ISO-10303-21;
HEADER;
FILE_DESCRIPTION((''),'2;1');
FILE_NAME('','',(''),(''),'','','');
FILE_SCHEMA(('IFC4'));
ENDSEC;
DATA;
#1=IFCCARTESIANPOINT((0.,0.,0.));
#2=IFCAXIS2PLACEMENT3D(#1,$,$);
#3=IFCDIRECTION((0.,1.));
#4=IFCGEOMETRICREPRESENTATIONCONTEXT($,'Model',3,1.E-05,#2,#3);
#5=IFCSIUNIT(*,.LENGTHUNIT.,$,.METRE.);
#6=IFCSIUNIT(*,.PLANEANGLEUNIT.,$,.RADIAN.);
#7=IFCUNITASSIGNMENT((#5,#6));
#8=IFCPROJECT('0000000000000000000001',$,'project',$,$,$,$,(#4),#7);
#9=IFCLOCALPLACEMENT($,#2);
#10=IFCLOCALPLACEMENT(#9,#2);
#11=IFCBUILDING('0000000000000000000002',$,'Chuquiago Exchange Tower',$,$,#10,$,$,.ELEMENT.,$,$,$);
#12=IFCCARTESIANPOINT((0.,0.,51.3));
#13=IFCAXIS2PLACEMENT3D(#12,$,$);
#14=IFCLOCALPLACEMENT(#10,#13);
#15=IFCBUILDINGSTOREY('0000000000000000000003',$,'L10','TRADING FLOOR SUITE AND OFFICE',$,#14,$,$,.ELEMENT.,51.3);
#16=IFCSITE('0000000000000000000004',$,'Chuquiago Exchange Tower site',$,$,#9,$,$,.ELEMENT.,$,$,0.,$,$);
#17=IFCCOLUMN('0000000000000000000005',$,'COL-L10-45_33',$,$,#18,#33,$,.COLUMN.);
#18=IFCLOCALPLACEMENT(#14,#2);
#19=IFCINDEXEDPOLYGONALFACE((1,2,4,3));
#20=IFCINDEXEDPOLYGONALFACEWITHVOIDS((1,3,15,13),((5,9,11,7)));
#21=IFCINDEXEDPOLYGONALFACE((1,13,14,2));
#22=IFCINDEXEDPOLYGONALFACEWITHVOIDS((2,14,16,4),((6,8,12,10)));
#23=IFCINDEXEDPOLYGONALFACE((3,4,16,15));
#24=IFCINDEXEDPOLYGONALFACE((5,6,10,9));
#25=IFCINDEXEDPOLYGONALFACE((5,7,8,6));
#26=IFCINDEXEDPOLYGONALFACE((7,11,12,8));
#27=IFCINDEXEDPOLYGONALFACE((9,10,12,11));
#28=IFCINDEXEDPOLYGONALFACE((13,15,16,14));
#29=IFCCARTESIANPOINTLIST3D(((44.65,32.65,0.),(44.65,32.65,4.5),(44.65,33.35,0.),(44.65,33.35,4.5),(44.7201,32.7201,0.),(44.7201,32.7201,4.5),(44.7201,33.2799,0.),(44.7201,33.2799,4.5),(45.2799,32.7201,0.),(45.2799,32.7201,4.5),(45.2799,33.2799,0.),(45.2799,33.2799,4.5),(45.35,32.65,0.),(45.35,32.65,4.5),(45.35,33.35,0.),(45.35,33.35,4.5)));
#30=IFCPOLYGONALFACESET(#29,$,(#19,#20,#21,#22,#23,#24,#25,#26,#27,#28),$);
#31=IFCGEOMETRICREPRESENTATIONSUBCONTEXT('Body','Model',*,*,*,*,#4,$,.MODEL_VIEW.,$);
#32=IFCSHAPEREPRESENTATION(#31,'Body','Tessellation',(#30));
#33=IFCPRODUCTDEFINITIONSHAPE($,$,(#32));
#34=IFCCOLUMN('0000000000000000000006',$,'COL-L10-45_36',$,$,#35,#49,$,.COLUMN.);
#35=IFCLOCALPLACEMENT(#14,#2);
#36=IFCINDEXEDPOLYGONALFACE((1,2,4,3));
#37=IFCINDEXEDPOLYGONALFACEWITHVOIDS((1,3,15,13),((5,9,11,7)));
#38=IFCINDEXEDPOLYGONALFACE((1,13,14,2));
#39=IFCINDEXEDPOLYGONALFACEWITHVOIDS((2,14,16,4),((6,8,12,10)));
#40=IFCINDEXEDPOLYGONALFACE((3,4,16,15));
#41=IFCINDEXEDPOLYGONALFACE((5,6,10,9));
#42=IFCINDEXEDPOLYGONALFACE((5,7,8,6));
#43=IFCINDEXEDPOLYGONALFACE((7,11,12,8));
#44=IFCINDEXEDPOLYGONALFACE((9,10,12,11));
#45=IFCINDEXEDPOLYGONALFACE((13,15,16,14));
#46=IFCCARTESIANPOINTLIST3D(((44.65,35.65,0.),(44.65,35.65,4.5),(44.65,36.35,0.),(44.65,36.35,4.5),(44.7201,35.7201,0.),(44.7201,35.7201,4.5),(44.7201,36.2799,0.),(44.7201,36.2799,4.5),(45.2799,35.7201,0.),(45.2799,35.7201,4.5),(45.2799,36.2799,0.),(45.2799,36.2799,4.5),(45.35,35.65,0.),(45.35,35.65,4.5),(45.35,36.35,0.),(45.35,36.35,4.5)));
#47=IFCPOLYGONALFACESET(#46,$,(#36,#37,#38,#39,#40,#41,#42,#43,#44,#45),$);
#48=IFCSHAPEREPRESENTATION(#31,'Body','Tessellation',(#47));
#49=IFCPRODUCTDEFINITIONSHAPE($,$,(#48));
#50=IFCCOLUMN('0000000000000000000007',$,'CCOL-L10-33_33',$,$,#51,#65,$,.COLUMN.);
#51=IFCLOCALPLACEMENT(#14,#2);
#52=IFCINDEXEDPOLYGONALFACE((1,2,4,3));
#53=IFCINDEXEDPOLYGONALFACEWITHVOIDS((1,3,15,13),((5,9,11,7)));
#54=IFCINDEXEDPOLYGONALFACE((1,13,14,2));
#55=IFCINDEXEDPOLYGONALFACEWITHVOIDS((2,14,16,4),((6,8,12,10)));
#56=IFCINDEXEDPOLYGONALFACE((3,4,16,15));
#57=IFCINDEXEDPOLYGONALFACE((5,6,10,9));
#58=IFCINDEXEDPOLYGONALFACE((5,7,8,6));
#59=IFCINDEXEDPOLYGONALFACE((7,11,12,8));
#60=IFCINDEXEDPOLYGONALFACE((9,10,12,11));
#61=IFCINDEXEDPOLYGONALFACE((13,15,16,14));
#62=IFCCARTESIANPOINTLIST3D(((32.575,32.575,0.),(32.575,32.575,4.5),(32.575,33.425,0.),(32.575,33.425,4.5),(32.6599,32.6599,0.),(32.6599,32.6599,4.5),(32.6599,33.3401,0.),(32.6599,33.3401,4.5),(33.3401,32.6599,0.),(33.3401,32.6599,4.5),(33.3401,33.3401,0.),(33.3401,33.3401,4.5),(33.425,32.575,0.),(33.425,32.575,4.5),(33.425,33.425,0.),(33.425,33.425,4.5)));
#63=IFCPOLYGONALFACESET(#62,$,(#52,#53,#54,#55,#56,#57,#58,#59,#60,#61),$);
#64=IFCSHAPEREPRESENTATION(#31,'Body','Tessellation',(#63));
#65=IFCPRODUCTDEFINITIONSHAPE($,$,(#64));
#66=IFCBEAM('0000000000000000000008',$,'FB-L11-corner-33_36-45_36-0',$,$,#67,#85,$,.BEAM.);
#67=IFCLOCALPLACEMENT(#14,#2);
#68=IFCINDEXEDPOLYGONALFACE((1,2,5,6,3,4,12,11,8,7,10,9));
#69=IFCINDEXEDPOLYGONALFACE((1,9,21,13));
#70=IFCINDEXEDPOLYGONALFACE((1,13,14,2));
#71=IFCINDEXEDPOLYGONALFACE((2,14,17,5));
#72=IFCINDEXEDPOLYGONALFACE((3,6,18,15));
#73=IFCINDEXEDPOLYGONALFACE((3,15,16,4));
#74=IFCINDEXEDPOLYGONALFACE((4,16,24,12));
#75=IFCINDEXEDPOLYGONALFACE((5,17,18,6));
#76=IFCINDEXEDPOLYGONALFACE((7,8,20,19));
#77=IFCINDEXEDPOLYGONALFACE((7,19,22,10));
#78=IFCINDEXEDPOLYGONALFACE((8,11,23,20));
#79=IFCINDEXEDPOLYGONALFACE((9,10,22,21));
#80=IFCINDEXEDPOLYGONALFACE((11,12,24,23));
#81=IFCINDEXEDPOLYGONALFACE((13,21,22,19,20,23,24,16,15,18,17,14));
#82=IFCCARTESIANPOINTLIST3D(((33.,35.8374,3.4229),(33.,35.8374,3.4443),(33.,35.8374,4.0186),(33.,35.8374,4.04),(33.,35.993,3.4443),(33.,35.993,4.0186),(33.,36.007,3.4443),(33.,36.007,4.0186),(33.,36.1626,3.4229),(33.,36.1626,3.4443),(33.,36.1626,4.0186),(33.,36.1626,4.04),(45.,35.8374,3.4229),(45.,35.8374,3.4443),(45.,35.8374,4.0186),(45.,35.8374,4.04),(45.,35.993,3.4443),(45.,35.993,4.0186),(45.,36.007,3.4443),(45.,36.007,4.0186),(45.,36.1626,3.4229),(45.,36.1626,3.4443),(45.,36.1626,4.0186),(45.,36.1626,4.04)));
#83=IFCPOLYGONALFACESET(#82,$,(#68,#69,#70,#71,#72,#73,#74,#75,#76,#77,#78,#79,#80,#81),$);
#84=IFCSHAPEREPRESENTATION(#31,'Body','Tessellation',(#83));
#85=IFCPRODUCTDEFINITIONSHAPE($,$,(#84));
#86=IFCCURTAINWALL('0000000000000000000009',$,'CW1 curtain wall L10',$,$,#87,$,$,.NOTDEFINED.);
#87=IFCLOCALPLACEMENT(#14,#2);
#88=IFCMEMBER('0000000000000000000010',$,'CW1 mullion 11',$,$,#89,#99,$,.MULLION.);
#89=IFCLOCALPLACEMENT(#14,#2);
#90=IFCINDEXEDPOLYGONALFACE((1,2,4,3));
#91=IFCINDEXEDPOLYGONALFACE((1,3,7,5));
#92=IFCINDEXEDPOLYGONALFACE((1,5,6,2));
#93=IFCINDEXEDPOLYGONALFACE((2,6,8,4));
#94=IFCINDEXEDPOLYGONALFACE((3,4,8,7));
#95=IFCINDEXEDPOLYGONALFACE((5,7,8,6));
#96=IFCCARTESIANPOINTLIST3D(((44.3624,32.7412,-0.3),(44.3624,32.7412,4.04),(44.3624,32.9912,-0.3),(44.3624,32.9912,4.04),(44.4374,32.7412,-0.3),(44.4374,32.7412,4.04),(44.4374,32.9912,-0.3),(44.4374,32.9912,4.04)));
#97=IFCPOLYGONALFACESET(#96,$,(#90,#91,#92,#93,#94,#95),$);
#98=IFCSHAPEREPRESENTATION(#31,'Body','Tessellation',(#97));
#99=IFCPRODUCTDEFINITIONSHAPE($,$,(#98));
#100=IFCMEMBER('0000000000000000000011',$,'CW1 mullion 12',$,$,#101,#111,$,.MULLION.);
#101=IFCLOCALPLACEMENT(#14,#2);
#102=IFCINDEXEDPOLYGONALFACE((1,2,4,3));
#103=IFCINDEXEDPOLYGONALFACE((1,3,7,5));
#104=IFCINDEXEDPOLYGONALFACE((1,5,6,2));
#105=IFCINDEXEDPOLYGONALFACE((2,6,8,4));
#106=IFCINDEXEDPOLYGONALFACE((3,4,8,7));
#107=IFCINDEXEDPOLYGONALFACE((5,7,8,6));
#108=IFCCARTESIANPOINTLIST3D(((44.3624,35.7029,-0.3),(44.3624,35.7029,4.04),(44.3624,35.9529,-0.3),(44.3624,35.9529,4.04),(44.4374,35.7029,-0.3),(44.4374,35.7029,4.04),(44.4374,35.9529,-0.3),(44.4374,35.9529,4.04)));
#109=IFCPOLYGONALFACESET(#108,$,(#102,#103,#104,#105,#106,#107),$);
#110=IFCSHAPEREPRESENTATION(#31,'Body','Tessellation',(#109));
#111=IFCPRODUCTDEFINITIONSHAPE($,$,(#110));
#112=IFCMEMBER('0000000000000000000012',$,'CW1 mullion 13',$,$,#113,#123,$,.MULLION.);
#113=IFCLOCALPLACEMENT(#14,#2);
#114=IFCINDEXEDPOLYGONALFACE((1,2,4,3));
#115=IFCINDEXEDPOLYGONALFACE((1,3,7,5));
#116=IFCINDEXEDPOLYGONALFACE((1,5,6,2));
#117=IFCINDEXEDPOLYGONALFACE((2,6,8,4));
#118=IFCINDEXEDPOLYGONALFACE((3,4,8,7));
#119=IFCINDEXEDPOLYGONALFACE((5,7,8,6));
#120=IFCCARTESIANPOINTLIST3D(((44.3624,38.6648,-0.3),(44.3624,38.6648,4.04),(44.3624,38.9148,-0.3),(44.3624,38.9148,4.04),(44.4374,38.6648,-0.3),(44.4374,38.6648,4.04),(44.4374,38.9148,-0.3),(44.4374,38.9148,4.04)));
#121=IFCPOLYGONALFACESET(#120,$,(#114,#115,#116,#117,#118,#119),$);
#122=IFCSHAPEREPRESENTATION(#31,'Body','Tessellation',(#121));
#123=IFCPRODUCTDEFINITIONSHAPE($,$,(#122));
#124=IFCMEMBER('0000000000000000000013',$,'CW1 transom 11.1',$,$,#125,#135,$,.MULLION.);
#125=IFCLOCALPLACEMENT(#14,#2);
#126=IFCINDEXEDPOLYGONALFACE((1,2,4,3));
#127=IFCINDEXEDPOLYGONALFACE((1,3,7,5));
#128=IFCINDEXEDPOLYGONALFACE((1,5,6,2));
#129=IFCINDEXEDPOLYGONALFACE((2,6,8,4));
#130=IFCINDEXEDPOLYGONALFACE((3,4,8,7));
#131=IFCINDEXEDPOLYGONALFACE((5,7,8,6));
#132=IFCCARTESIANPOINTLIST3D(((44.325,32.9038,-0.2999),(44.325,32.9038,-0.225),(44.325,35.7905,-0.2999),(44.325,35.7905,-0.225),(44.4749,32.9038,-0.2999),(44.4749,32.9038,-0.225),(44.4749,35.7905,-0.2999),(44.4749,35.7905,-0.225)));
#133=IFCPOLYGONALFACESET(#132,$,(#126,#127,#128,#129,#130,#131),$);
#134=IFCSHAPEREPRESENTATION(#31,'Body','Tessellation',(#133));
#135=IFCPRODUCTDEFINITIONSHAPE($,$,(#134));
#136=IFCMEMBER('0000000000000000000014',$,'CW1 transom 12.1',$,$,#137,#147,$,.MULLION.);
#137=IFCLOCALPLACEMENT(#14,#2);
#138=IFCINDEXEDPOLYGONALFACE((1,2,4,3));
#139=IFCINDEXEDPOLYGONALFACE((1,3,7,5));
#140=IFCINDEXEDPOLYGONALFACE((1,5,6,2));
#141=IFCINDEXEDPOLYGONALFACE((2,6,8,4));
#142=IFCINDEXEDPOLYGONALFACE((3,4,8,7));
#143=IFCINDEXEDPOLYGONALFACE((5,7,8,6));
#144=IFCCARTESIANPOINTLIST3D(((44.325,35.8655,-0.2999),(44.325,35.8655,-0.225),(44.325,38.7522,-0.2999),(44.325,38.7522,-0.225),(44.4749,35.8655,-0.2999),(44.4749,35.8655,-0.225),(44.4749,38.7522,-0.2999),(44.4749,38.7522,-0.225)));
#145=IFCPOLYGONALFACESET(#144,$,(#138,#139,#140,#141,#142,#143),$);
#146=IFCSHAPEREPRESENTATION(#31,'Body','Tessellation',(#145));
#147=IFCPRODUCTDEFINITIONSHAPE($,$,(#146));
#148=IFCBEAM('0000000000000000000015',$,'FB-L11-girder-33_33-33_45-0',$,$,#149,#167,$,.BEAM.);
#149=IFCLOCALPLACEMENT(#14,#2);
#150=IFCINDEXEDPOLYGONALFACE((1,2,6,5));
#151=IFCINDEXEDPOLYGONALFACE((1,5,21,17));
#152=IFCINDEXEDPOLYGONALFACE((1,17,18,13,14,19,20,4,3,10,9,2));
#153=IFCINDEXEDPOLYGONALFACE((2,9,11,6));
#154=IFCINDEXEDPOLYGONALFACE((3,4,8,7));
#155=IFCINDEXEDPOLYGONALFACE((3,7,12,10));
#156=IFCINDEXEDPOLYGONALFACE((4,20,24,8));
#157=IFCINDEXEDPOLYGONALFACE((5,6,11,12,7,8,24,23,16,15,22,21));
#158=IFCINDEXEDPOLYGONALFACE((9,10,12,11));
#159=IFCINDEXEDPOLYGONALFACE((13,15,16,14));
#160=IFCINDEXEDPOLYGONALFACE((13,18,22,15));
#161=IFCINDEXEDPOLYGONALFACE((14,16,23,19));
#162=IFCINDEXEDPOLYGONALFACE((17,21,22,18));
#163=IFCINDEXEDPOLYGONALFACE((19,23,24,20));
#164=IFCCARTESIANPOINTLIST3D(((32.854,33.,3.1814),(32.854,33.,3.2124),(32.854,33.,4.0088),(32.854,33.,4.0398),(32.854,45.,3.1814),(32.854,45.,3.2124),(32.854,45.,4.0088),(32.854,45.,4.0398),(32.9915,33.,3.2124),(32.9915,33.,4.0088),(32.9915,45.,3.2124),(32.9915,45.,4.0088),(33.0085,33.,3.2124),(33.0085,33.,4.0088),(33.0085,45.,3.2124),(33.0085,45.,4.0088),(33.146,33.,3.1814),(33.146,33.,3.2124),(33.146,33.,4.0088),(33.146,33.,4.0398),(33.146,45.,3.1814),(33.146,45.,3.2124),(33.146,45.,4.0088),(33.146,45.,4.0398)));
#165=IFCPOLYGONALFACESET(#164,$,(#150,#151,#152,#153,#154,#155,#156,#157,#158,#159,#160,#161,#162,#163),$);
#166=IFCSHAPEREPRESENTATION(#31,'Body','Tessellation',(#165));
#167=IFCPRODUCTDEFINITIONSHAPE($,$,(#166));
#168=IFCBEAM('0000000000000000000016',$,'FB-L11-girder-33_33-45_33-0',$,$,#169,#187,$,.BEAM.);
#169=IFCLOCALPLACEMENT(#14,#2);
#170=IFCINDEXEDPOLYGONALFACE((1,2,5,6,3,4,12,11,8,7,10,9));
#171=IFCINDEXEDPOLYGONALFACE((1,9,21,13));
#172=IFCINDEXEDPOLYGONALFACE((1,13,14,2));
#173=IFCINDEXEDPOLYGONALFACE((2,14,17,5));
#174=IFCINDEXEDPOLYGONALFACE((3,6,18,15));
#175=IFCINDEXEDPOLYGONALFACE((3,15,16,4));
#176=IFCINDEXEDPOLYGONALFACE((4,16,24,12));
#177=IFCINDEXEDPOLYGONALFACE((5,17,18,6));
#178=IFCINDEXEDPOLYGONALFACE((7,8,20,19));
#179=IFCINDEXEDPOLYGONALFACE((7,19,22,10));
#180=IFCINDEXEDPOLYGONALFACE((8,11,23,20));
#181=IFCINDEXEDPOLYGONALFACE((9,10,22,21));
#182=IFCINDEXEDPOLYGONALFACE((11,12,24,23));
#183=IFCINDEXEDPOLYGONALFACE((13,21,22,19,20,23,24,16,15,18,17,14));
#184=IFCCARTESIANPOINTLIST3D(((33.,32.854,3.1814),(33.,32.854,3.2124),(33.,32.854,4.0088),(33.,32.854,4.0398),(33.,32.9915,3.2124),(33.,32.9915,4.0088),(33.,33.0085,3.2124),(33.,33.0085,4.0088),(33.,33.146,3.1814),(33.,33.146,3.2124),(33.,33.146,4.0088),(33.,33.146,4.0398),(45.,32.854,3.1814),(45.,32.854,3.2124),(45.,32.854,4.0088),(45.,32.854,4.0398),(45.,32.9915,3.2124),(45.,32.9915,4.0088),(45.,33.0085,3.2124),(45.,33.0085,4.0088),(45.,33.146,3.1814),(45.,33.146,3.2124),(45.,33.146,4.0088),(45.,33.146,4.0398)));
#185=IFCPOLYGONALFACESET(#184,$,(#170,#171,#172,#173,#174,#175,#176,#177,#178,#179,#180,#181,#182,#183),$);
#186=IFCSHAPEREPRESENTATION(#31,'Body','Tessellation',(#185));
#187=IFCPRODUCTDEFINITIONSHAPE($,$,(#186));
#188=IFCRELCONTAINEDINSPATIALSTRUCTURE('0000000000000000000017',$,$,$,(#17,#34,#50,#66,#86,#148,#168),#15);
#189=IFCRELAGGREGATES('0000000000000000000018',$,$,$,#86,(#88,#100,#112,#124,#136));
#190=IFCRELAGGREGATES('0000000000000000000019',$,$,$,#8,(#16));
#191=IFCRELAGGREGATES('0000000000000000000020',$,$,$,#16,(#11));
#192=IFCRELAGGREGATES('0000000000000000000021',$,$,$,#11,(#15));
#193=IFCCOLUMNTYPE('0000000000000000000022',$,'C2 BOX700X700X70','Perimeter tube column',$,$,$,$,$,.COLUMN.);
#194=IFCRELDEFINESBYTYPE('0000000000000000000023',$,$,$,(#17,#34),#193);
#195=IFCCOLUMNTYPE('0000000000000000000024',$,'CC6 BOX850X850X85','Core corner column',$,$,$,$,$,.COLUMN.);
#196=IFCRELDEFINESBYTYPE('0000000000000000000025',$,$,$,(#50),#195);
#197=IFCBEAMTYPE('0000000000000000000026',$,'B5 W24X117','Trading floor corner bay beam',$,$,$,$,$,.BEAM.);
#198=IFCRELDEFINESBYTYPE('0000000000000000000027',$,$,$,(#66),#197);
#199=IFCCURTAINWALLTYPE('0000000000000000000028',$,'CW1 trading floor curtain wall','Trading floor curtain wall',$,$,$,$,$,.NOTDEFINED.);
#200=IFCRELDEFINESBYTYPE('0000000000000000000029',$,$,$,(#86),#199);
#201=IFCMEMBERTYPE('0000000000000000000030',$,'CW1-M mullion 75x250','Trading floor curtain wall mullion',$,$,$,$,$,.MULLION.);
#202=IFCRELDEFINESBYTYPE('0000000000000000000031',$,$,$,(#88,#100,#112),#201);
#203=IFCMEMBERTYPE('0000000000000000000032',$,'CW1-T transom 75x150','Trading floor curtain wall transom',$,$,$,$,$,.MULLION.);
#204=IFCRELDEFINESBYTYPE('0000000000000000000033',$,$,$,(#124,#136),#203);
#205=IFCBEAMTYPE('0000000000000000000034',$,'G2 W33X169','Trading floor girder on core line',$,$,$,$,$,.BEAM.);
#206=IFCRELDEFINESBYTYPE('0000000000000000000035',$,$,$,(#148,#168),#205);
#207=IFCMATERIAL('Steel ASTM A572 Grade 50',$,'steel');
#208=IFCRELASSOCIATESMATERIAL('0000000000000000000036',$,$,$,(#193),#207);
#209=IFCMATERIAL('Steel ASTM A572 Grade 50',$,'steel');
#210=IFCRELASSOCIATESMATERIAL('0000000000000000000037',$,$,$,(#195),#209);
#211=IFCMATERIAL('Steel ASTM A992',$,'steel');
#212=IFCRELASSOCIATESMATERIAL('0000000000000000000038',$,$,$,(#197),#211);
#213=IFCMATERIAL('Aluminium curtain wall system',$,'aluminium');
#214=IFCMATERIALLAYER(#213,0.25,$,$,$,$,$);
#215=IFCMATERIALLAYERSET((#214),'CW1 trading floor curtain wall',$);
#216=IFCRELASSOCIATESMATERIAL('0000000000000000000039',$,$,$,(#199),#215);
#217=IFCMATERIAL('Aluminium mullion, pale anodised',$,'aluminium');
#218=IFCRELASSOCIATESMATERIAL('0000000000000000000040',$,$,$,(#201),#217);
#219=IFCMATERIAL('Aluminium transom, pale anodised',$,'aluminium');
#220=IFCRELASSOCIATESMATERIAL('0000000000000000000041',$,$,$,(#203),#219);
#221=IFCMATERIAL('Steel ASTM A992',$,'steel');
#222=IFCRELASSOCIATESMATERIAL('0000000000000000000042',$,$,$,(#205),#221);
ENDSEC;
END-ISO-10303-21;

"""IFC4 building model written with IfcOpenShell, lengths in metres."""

from ifc_helpers import new_model, si_unit, direction, frame, origin, origin_2d, place, context, subcontext, project, spatial, rectangle, hollow_rectangle, i_section, extrude, material, layer, layer_set, material_profile, profile_set, type_object, element, aggregate, save


model = new_model("IFC4")

# Units and contexts
model_context = context("Model", 3, precision=1e-05, world=origin(), true_north=direction((0.0, 1.0)))
body_context = subcontext(model_context, "Body", "Model", "MODEL_VIEW")
ifc_project = project(units=[si_unit("LENGTHUNIT", "METRE"), si_unit("PLANEANGLEUNIT", "RADIAN")], contexts=[model_context])

# Site, building, storey
site_placement = place(None, origin())
site = spatial("IfcSite", under=ifc_project, at=site_placement, Name="Chuquiago Exchange Tower site", CompositionType="ELEMENT", RefElevation=0.0)
building_placement = place(site_placement, origin())
building = spatial("IfcBuilding", under=site, at=building_placement, Name="Chuquiago Exchange Tower", CompositionType="ELEMENT")
storey_placement = place(building_placement, frame((0.0, 0.0, 51.3)))
storey = spatial("IfcBuildingStorey", under=building, at=storey_placement, Name="L10", Description="TRADING FLOOR SUITE AND OFFICE", CompositionType="ELEMENT", Elevation=51.3)

# Columns
ifc_material_1 = material(Name="Steel ASTM A572 Grade 50", Category="steel")
ifc_material_profile_1 = material_profile(ifc_material_1, hollow_rectangle(XDim=0.7, YDim=0.7, WallThickness=0.0701, at=origin_2d()), Name="BOX700X700X70")
ifc_profile_set_1 = profile_set([ifc_material_profile_1], Name="Steel ASTM A572 Grade 50")
column_type_1 = type_object("IfcColumnType", Name="C2 BOX700X700X70", Description="Perimeter tube column", PredefinedType="COLUMN", material=ifc_profile_set_1)
for number, where, z_axis, x_axis, name in (
    (1, (45.0, 33.0, 0.0), (0.0, 0.0, 1.0), (1.0, 0.0, 0.0), "COL-L10-45_33"),
    (2, (45.0, 36.0, 0.0), (0.0, 0.0, 1.0), (1.0, 0.0, 0.0), "COL-L10-45_36"),
):
    element("IfcColumn", number, at=place(storey_placement, frame(where, z_axis=z_axis, x_axis=x_axis)), inside=storey, type_object=column_type_1, Name=name, PredefinedType="COLUMN", context=body_context, shape_type="SweptSolid", body=[
        extrude(hollow_rectangle(XDim=0.7, YDim=0.7, WallThickness=0.0701, at=origin_2d()), origin(), (0.0, 0.0, 1.0), 4.5),
    ])
ifc_material_2 = material(Name="Steel ASTM A572 Grade 50", Category="steel")
ifc_material_profile_2 = material_profile(ifc_material_2, hollow_rectangle(XDim=0.8501, YDim=0.8501, WallThickness=0.085, at=origin_2d()), Name="BOX850X850X85")
ifc_profile_set_2 = profile_set([ifc_material_profile_2], Name="Steel ASTM A572 Grade 50")
column_type_2 = type_object("IfcColumnType", Name="CC6 BOX850X850X85", Description="Core corner column", PredefinedType="COLUMN", material=ifc_profile_set_2)
column_placement = place(storey_placement, frame((33.0, 33.0, 0.0), z_axis=(0.0, 0.0, 1.0), x_axis=(1.0, 0.0, 0.0)))
element("IfcColumn", 3, at=column_placement, inside=storey, type_object=column_type_2, Name="CCOL-L10-33_33", PredefinedType="COLUMN", context=body_context, shape_type="SweptSolid", body=[
    extrude(hollow_rectangle(XDim=0.8501, YDim=0.8501, WallThickness=0.085, at=origin_2d()), origin(), (0.0, 0.0, 1.0), 4.5),
])

# Beam
ifc_material_3 = material(Name="Steel ASTM A992", Category="steel")
ifc_material_profile_3 = material_profile(ifc_material_3, i_section(OverallWidth=0.3252, OverallDepth=0.6172, WebThickness=0.0139, FlangeThickness=0.0215, at=origin_2d()), Name="W24X117")
ifc_profile_set_3 = profile_set([ifc_material_profile_3], Name="Steel ASTM A992")
beam_type_1 = type_object("IfcBeamType", Name="B5 W24X117", Description="Trading floor corner bay beam", PredefinedType="BEAM", material=ifc_profile_set_3)
beam_placement = place(storey_placement, frame((33.0, 36.0, 3.7314), z_axis=(1.0, 0.0, 0.0), x_axis=(0.0, 1.0, 0.0)))
element("IfcBeam", 4, at=beam_placement, inside=storey, type_object=beam_type_1, Name="FB-L11-corner-33_36-45_36-0", PredefinedType="BEAM", context=body_context, shape_type="SweptSolid", body=[
    extrude(i_section(OverallWidth=0.3252, OverallDepth=0.6172, WebThickness=0.0139, FlangeThickness=0.0215, at=origin_2d()), origin(), (0.0, 0.0, 1.0), 12.0),
])

# Curtain wall, members
ifc_material_4 = material(Name="Aluminium curtain wall system", Category="aluminium")
ifc_layer_1 = layer(ifc_material_4, 0.25)
ifc_layer_set_1 = layer_set([ifc_layer_1], Name="CW1 trading floor curtain wall")
curtain_wall_type = type_object("IfcCurtainWallType", Name="CW1 trading floor curtain wall", Description="Trading floor curtain wall", PredefinedType="NOTDEFINED", material=ifc_layer_set_1)
curtain_wall_placement = place(storey_placement, origin())
curtain_wall = element("IfcCurtainWall", 5, at=curtain_wall_placement, inside=storey, type_object=curtain_wall_type, Name="CW1 curtain wall L10", PredefinedType="NOTDEFINED")
ifc_material_5 = material(Name="Aluminium mullion, pale anodised", Category="aluminium")
ifc_material_profile_4 = material_profile(ifc_material_5, rectangle(XDim=0.075, YDim=0.25, at=origin_2d()), Name="AL 75x250")
ifc_profile_set_4 = profile_set([ifc_material_profile_4], Name="Aluminium mullion, pale anodised")
member_type_1 = type_object("IfcMemberType", Name="CW1-M mullion 75x250", Description="Trading floor curtain wall mullion", PredefinedType="MULLION", material=ifc_profile_set_4)
member_1_placement = place(storey_placement, frame((44.3999, 32.8662, -0.3), z_axis=(0.0, 0.0, 1.0), x_axis=(-1.0, 0.0, 0.0)))
member_1 = element("IfcMember", 6, at=member_1_placement, type_object=member_type_1, Name="CW1 mullion 11", PredefinedType="MULLION", context=body_context, shape_type="SweptSolid", body=[
    extrude(rectangle(XDim=0.075, YDim=0.25, at=origin_2d()), origin(), (0.0, 0.0, 1.0), 4.3401),
])
member_2_placement = place(storey_placement, frame((44.3999, 35.8279, -0.3), z_axis=(0.0, 0.0, 1.0), x_axis=(-1.0, 0.0, 0.0)))
member_2 = element("IfcMember", 7, at=member_2_placement, type_object=member_type_1, Name="CW1 mullion 12", PredefinedType="MULLION", context=body_context, shape_type="SweptSolid", body=[
    extrude(rectangle(XDim=0.075, YDim=0.25, at=origin_2d()), origin(), (0.0, 0.0, 1.0), 4.3401),
])
member_3_placement = place(storey_placement, frame((44.3999, 38.7898, -0.3), z_axis=(0.0, 0.0, 1.0), x_axis=(-1.0, 0.0, 0.0)))
member_3 = element("IfcMember", 8, at=member_3_placement, type_object=member_type_1, Name="CW1 mullion 13", PredefinedType="MULLION", context=body_context, shape_type="SweptSolid", body=[
    extrude(rectangle(XDim=0.075, YDim=0.25, at=origin_2d()), origin(), (0.0, 0.0, 1.0), 4.3401),
])
ifc_material_6 = material(Name="Aluminium transom, pale anodised", Category="aluminium")
ifc_material_profile_5 = material_profile(ifc_material_6, rectangle(XDim=0.1499, YDim=0.075, at=origin_2d()), Name="AL 150x75")
ifc_profile_set_5 = profile_set([ifc_material_profile_5], Name="Aluminium transom, pale anodised")
member_type_2 = type_object("IfcMemberType", Name="CW1-T transom 75x150", Description="Trading floor curtain wall transom", PredefinedType="MULLION", material=ifc_profile_set_5)
member_4_placement = place(storey_placement, frame((44.3999, 32.9038, -0.2625), z_axis=(0.0, 1.0, 0.0), x_axis=(-1.0, 0.0, 0.0)))
member_4 = element("IfcMember", 9, at=member_4_placement, type_object=member_type_2, Name="CW1 transom 11.1", PredefinedType="MULLION", context=body_context, shape_type="SweptSolid", body=[
    extrude(rectangle(XDim=0.1499, YDim=0.075, at=origin_2d()), origin(), (0.0, 0.0, 1.0), 2.8867),
])
member_5_placement = place(storey_placement, frame((44.3999, 35.8655, -0.2625), z_axis=(0.0, 1.0, 0.0), x_axis=(-1.0, 0.0, 0.0)))
member_5 = element("IfcMember", 10, at=member_5_placement, type_object=member_type_2, Name="CW1 transom 12.1", PredefinedType="MULLION", context=body_context, shape_type="SweptSolid", body=[
    extrude(rectangle(XDim=0.1499, YDim=0.075, at=origin_2d()), origin(), (0.0, 0.0, 1.0), 2.8867),
])

# Beams
ifc_material_7 = material(Name="Steel ASTM A992", Category="steel")
ifc_material_profile_6 = material_profile(ifc_material_7, i_section(OverallWidth=0.292, OverallDepth=0.8584, WebThickness=0.0171, FlangeThickness=0.031, at=origin_2d()), Name="W33X169")
ifc_profile_set_6 = profile_set([ifc_material_profile_6], Name="Steel ASTM A992")
beam_type_2 = type_object("IfcBeamType", Name="G2 W33X169", Description="Trading floor girder on core line", PredefinedType="BEAM", material=ifc_profile_set_6)
for number, where, z_axis, x_axis, name in (
    (11, (33.0, 33.0, 3.6106), (0.0, 1.0, 0.0), (-1.0, 0.0, 0.0), "FB-L11-girder-33_33-33_45-0"),
    (12, (33.0, 33.0, 3.6106), (1.0, 0.0, 0.0), (0.0, 1.0, 0.0), "FB-L11-girder-33_33-45_33-0"),
):
    element("IfcBeam", number, at=place(storey_placement, frame(where, z_axis=z_axis, x_axis=x_axis)), inside=storey, type_object=beam_type_2, Name=name, PredefinedType="BEAM", context=body_context, shape_type="SweptSolid", body=[
        extrude(i_section(OverallWidth=0.292, OverallDepth=0.8584, WebThickness=0.0171, FlangeThickness=0.031, at=origin_2d()), origin(), (0.0, 0.0, 1.0), 12.0),
    ])

aggregate(curtain_wall, [member_1, member_2, member_3, member_4, member_5])

save(model, "model.ifc")
